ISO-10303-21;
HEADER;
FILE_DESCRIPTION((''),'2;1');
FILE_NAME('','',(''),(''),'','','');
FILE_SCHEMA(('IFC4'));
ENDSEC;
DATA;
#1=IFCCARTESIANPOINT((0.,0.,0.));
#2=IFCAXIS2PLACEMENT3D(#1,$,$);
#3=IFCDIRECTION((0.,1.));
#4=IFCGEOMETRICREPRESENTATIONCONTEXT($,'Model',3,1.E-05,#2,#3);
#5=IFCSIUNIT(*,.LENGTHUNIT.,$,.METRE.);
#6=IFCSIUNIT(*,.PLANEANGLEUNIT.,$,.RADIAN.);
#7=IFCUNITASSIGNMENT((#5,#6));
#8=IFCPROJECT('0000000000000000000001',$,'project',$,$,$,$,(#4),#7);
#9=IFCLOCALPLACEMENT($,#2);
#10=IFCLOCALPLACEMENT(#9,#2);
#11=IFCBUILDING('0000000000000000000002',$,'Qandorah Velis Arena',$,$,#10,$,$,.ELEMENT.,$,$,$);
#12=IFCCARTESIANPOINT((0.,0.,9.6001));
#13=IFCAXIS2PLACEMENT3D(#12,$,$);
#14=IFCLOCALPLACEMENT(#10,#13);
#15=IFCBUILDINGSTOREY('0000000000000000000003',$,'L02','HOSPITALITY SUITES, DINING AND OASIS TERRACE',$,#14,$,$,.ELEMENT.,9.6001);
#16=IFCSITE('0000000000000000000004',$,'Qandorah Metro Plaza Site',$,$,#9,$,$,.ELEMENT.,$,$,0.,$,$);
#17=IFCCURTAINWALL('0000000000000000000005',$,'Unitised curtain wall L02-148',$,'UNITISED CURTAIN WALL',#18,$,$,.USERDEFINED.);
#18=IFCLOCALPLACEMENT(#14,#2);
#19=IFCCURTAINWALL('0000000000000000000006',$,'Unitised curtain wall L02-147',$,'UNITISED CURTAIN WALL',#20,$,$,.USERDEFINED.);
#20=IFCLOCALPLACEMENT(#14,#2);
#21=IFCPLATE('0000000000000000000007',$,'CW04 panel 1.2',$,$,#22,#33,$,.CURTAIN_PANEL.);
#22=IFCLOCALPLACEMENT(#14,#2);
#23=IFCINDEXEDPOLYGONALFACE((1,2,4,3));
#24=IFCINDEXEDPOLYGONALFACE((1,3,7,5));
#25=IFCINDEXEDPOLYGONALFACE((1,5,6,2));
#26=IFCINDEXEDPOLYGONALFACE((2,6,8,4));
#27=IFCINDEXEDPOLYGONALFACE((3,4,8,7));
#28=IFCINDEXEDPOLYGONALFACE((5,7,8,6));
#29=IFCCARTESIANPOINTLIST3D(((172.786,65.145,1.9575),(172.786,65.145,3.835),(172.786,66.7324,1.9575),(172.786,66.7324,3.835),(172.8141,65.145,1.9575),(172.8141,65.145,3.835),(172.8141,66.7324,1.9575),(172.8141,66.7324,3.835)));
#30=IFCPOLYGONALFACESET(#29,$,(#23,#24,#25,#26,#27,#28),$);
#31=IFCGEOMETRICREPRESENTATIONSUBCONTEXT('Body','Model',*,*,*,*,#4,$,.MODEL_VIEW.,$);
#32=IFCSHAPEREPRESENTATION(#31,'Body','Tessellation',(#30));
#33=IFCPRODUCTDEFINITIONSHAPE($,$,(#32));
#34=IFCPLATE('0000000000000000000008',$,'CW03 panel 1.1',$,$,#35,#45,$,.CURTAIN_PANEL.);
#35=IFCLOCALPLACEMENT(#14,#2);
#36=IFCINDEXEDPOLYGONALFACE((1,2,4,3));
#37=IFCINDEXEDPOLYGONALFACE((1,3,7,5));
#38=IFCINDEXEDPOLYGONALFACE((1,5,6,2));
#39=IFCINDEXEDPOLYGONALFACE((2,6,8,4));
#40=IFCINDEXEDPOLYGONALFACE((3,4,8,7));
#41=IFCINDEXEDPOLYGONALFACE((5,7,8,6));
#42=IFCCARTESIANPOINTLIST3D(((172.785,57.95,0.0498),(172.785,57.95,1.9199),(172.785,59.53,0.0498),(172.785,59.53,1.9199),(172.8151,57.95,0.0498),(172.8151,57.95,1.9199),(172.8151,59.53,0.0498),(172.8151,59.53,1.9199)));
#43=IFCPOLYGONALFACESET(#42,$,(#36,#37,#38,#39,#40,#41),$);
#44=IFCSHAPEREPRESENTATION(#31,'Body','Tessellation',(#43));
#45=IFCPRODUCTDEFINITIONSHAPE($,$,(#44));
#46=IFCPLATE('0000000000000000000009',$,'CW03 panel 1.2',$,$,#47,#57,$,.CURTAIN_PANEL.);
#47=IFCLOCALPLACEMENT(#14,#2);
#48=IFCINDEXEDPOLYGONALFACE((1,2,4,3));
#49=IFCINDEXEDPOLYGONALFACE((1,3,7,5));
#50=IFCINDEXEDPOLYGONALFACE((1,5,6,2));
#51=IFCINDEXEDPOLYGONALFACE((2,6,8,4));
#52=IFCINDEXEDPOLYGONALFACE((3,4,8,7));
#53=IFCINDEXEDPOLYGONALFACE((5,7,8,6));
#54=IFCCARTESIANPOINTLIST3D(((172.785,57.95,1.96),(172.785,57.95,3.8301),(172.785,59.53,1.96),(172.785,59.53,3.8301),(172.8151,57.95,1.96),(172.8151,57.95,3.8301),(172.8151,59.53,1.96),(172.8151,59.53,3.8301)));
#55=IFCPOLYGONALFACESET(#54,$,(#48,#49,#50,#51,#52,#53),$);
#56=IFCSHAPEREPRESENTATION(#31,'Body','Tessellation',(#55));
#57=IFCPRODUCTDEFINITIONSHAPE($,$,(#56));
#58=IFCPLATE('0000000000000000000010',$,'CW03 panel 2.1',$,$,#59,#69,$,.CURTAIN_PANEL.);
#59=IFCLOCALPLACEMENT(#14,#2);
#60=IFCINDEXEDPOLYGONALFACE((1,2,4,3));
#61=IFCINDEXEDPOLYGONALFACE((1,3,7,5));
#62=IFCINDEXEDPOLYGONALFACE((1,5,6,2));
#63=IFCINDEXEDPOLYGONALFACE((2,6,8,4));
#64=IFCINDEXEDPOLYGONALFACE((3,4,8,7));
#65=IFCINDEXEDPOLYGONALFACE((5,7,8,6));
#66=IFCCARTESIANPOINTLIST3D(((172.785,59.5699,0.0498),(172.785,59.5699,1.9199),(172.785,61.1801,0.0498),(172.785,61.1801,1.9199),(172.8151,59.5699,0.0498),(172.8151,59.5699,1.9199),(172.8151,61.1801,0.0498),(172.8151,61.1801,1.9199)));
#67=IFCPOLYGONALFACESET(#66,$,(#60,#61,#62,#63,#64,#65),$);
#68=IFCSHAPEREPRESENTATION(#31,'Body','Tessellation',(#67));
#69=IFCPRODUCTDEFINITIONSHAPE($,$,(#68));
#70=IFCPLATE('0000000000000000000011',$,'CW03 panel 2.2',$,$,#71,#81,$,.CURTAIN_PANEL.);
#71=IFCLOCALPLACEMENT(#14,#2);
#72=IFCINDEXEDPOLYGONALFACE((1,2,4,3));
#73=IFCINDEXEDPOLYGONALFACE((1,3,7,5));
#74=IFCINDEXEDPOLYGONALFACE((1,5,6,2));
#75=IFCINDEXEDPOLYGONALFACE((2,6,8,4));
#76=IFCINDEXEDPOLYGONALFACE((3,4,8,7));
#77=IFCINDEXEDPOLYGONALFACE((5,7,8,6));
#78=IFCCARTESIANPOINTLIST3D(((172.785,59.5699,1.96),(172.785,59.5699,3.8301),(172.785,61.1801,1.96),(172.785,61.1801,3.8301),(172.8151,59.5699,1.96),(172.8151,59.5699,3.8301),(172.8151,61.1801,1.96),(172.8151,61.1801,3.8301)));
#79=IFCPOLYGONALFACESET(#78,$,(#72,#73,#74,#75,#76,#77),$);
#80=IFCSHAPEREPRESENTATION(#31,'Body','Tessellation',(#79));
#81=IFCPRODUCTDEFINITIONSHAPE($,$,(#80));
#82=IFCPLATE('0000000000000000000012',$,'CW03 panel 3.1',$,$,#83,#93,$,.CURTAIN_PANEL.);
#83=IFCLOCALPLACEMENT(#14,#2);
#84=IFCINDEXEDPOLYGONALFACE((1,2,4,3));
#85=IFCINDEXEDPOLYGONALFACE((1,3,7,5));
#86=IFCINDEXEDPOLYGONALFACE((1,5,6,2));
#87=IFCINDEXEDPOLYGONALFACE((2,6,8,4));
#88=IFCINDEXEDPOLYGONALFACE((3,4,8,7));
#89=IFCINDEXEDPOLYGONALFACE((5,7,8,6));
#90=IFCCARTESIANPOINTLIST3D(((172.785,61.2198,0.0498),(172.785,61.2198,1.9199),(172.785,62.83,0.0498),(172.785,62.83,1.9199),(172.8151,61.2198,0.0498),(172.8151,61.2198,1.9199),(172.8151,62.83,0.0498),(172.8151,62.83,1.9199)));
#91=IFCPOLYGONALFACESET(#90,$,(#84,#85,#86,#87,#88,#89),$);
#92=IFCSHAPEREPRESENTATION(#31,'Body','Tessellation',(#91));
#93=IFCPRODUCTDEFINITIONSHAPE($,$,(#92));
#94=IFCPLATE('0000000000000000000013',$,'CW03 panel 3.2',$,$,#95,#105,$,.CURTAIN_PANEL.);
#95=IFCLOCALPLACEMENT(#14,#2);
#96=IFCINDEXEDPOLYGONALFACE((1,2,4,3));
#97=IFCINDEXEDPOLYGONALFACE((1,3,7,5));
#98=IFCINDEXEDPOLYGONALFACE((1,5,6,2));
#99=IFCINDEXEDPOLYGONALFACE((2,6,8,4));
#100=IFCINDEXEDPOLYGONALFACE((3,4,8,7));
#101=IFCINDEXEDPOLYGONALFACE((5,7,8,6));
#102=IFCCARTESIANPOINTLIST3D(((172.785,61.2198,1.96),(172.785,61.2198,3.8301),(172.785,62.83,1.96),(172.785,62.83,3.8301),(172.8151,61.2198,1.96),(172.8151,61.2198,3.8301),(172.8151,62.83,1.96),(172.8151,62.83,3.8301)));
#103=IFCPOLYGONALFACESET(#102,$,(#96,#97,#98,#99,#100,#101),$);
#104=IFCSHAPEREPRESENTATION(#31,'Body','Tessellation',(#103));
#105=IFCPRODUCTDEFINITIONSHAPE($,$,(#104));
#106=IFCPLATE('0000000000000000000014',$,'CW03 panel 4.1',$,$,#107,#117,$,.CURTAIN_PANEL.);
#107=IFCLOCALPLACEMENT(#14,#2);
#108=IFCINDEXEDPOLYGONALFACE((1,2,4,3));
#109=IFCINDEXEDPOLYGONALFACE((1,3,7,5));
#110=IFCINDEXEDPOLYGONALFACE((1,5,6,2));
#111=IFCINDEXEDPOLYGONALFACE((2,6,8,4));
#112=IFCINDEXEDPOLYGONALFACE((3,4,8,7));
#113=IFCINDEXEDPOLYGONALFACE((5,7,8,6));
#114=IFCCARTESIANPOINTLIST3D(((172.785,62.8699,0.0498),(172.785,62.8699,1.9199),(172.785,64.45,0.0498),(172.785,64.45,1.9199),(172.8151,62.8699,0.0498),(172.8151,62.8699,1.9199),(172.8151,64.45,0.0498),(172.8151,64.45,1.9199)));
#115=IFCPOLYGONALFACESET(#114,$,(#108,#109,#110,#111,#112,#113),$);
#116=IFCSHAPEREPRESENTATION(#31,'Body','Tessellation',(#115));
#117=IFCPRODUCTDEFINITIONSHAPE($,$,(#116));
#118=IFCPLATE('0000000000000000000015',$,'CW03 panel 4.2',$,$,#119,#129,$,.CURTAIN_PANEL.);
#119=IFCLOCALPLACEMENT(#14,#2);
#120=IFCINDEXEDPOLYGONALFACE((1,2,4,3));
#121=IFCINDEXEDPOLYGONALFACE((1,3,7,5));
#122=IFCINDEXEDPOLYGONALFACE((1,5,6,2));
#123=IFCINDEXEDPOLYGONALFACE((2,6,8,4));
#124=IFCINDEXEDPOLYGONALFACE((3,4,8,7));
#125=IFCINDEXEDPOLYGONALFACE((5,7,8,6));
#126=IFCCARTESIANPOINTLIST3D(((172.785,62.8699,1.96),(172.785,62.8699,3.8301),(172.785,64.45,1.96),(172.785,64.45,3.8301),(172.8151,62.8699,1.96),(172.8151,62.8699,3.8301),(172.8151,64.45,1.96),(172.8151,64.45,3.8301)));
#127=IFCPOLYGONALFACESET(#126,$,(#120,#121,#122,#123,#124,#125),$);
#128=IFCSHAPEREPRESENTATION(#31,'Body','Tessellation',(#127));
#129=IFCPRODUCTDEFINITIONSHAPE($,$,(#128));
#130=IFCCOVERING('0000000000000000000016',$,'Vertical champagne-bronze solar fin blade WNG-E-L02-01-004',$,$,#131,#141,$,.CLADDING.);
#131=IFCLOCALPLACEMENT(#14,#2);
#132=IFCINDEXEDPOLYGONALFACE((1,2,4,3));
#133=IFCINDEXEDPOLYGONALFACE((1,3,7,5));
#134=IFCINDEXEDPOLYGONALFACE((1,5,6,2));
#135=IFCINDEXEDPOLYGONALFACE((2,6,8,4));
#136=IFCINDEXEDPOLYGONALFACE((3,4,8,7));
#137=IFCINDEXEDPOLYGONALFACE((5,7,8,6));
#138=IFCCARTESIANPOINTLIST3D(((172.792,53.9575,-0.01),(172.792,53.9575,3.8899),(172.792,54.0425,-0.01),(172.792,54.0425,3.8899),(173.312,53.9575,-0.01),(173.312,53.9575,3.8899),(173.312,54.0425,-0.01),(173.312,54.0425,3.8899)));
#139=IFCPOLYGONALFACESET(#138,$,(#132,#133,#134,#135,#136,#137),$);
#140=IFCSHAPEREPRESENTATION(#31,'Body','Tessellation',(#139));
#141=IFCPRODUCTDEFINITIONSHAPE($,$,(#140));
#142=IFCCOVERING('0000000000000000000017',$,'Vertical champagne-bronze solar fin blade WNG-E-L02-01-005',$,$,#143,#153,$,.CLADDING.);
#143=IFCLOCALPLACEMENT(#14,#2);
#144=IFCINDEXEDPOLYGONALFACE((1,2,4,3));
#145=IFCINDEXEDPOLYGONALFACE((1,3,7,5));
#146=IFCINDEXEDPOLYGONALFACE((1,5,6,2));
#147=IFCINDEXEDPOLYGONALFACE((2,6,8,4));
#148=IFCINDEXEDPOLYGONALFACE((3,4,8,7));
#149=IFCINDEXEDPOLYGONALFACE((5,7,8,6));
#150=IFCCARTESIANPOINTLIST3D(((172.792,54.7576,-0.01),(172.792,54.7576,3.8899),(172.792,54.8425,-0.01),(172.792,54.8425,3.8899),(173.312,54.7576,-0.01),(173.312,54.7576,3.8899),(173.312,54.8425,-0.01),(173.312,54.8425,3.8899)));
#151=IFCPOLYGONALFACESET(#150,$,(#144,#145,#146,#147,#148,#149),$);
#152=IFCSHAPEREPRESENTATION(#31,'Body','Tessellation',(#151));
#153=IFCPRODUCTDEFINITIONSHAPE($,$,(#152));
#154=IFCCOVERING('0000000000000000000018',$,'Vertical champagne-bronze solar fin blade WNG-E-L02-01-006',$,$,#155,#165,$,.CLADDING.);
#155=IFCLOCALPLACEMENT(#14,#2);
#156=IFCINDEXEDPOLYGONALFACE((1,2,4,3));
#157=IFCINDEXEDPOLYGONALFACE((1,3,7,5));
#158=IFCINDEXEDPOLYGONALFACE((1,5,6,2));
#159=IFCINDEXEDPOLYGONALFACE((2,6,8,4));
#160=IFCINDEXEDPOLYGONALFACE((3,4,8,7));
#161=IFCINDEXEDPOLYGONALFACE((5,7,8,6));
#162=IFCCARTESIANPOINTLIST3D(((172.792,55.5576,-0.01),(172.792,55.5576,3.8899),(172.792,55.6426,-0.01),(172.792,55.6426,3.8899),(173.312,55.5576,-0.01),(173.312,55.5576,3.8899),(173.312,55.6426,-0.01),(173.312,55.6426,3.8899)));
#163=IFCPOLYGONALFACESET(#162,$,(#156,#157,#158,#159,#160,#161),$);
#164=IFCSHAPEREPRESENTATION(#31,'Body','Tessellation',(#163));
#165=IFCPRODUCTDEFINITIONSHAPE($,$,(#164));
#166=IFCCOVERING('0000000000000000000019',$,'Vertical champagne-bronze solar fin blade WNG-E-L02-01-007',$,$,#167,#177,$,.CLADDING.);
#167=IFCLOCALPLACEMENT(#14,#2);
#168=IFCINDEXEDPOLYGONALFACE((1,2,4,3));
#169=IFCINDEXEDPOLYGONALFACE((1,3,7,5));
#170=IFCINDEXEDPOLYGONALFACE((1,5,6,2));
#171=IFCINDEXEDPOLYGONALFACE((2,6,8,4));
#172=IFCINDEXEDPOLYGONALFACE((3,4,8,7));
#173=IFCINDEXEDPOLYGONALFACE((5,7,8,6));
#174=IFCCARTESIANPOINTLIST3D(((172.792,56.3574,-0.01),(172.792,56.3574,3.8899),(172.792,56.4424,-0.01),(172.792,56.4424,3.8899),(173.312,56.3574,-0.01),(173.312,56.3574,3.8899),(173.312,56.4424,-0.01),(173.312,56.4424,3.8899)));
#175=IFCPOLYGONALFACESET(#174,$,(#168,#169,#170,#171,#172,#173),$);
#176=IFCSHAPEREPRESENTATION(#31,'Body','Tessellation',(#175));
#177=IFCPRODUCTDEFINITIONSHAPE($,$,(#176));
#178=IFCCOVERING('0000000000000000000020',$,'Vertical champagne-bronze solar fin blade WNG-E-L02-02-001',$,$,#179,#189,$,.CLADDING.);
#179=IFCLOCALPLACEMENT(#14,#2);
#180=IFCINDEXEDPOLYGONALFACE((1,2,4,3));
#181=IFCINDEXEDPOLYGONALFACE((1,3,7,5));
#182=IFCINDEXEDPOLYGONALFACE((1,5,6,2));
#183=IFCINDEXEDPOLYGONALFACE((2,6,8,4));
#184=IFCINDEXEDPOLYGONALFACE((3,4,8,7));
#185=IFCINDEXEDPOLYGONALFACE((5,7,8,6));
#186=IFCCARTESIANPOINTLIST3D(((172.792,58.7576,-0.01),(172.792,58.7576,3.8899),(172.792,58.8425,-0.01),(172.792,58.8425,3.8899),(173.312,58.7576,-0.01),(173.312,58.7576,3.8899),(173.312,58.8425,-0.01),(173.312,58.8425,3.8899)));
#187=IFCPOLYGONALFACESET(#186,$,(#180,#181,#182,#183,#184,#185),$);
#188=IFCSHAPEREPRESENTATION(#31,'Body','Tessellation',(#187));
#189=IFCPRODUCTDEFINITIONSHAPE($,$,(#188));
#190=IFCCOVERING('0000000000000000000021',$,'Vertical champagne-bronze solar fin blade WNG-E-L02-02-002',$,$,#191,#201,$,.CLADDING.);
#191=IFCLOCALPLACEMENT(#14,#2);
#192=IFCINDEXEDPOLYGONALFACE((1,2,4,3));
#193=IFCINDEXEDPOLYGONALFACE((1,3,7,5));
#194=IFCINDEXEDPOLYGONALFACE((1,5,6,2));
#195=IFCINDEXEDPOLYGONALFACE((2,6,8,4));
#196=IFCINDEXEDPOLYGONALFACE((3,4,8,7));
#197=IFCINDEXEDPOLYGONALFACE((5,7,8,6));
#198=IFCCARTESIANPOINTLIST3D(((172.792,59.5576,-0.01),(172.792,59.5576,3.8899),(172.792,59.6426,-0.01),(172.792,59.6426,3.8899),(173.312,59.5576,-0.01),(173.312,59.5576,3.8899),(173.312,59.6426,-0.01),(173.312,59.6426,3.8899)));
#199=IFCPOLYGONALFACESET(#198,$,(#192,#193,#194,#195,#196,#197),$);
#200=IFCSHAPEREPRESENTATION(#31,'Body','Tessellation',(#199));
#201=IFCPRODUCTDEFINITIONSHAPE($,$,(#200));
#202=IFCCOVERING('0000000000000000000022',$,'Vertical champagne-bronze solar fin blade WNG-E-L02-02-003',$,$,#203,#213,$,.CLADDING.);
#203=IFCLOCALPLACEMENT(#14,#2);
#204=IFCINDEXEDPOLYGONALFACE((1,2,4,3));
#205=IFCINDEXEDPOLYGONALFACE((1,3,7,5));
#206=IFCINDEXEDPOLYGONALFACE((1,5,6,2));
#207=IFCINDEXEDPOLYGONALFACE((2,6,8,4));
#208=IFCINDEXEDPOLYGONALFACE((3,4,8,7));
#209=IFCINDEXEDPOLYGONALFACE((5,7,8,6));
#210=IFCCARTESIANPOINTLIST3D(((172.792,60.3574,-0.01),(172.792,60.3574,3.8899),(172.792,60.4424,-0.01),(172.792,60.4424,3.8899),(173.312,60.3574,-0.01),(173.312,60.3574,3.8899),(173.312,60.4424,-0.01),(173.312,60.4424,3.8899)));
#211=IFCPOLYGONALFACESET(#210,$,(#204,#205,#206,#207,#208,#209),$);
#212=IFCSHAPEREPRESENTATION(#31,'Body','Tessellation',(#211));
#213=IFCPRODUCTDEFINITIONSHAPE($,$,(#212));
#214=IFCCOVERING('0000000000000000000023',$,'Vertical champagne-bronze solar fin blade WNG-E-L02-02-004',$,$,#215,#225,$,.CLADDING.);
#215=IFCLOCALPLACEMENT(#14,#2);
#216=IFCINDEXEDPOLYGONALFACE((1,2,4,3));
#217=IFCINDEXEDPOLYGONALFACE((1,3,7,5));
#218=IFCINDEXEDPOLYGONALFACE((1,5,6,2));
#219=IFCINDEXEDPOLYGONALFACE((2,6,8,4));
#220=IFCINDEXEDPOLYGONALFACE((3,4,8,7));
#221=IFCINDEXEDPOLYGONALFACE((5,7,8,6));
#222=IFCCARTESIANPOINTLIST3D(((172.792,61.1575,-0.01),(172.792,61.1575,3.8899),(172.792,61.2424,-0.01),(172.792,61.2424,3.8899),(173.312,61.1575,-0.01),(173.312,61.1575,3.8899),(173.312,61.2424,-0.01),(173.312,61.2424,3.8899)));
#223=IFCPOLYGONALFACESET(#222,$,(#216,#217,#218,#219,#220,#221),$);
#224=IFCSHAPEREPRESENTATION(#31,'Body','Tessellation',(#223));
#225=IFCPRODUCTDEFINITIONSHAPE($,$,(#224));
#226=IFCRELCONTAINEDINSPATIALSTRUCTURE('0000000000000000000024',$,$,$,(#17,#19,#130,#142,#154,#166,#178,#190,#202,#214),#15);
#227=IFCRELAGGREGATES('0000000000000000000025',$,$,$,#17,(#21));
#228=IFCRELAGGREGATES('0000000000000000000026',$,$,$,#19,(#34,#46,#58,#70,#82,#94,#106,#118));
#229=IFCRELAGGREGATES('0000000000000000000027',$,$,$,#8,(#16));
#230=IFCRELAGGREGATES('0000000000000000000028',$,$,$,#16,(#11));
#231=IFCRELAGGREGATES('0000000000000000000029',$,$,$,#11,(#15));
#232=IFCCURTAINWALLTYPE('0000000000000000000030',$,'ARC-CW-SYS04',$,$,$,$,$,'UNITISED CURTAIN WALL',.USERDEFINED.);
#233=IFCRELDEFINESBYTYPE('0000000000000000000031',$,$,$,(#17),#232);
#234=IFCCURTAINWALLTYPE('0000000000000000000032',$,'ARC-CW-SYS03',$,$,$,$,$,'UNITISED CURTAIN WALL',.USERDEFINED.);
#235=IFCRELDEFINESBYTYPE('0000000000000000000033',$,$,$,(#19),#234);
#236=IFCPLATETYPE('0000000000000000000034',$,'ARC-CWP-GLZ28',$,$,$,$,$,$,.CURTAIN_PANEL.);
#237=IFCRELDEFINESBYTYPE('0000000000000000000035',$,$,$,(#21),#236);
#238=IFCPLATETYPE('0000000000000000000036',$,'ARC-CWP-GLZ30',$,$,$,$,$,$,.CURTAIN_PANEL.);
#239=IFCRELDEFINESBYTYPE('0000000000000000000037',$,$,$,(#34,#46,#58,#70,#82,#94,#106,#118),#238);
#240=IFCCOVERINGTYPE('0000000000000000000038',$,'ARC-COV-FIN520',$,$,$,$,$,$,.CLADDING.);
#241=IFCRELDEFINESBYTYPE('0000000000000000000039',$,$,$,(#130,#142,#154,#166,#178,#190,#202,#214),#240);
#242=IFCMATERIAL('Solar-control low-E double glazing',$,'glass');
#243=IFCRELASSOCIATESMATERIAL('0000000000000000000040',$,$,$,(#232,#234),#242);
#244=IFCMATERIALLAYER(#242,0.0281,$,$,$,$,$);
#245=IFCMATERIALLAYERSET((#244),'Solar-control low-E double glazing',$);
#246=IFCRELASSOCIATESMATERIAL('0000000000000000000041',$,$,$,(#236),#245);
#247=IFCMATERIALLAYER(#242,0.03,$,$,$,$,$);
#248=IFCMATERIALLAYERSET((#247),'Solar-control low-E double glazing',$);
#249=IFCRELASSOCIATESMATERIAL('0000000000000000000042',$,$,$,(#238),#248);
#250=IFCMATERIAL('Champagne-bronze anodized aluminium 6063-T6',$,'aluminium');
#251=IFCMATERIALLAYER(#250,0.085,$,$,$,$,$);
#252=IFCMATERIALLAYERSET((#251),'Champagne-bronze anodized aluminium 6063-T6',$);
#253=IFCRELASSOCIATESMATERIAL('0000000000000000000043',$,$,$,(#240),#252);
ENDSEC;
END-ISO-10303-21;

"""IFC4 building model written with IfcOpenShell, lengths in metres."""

from ifc_helpers import new_model, si_unit, direction, frame, origin, origin_2d, place, context, subcontext, project, spatial, rectangle, extrude, material, layer, layer_set, type_object, element, aggregate, save


model = new_model("IFC4")

# Units and contexts
model_context = context("Model", 3, precision=1e-05, world=origin(), true_north=direction((0.0, 1.0)))
body_context = subcontext(model_context, "Body", "Model", "MODEL_VIEW")
ifc_project = project(units=[si_unit("LENGTHUNIT", "METRE"), si_unit("PLANEANGLEUNIT", "RADIAN")], contexts=[model_context])

# Site, building, storey
site_placement = place(None, origin())
site = spatial("IfcSite", under=ifc_project, at=site_placement, Name="Qandorah Metro Plaza Site", CompositionType="ELEMENT", RefElevation=0.0)
building_placement = place(site_placement, origin())
building = spatial("IfcBuilding", under=site, at=building_placement, Name="Qandorah Velis Arena", CompositionType="ELEMENT")
storey_placement = place(building_placement, frame((0.0, 0.0, 9.6001)))
storey = spatial("IfcBuildingStorey", under=building, at=storey_placement, Name="L02", Description="HOSPITALITY SUITES, DINING AND OASIS TERRACE", CompositionType="ELEMENT", Elevation=9.6001)

# Curtain wall
ifc_material_1 = material(Name="Solar-control low-E double glazing", Category="glass")
curtain_wall_type_1 = type_object("IfcCurtainWallType", Name="ARC-CW-SYS04", ElementType="UNITISED CURTAIN WALL", PredefinedType="USERDEFINED", material=ifc_material_1)
curtain_wall_1_placement = place(storey_placement, origin())
curtain_wall_1 = element("IfcCurtainWall", 1, at=curtain_wall_1_placement, inside=storey, type_object=curtain_wall_type_1, Name="Unitised curtain wall L02-148", ObjectType="UNITISED CURTAIN WALL", PredefinedType="USERDEFINED")
ifc_material_2 = material(Name="Champagne-bronze anodized aluminium 6063-T6", Category="aluminium")

# Curtain wall
curtain_wall_type_2 = type_object("IfcCurtainWallType", Name="ARC-CW-SYS03", ElementType="UNITISED CURTAIN WALL", PredefinedType="USERDEFINED", material=ifc_material_1)
curtain_wall_2_placement = place(storey_placement, origin())
curtain_wall_2 = element("IfcCurtainWall", 2, at=curtain_wall_2_placement, inside=storey, type_object=curtain_wall_type_2, Name="Unitised curtain wall L02-147", ObjectType="UNITISED CURTAIN WALL", PredefinedType="USERDEFINED")

# Plates
ifc_layer_1 = layer(ifc_material_1, 0.0281)
ifc_layer_set_1 = layer_set([ifc_layer_1], Name="Solar-control low-E double glazing")
plate_type_1 = type_object("IfcPlateType", Name="ARC-CWP-GLZ28", PredefinedType="CURTAIN_PANEL", material=ifc_layer_set_1)
plate_1_placement = place(storey_placement, frame((172.8, 65.9387, 1.9575), z_axis=(0.0, 0.0, 1.0), x_axis=(0.0, 1.0, 0.0)))
plate_1 = element("IfcPlate", 3, at=plate_1_placement, type_object=plate_type_1, Name="CW04 panel 1.2", PredefinedType="CURTAIN_PANEL", context=body_context, shape_type="SweptSolid", body=[
    extrude(rectangle(XDim=1.5874, YDim=0.0281, at=origin_2d()), origin(), (0.0, 0.0, 1.0), 1.8774),
])
aggregate(curtain_wall_1, [plate_1])
ifc_layer_2 = layer(ifc_material_1, 0.03)
ifc_layer_set_2 = layer_set([ifc_layer_2], Name="Solar-control low-E double glazing")
plate_type_2 = type_object("IfcPlateType", Name="ARC-CWP-GLZ30", PredefinedType="CURTAIN_PANEL", material=ifc_layer_set_2)
plate_2_placement = place(storey_placement, frame((172.8, 58.74, 0.0498), z_axis=(0.0, 0.0, 1.0), x_axis=(0.0, 1.0, 0.0)))
plate_2 = element("IfcPlate", 4, at=plate_2_placement, type_object=plate_type_2, Name="CW03 panel 1.1", PredefinedType="CURTAIN_PANEL", context=body_context, shape_type="SweptSolid", body=[
    extrude(rectangle(XDim=1.5801, YDim=0.03, at=origin_2d()), origin(), (0.0, 0.0, 1.0), 1.8701),
])
plate_3_placement = place(storey_placement, frame((172.8, 58.74, 1.96), z_axis=(0.0, 0.0, 1.0), x_axis=(0.0, 1.0, 0.0)))
plate_3 = element("IfcPlate", 5, at=plate_3_placement, type_object=plate_type_2, Name="CW03 panel 1.2", PredefinedType="CURTAIN_PANEL", context=body_context, shape_type="SweptSolid", body=[
    extrude(rectangle(XDim=1.5801, YDim=0.03, at=origin_2d()), origin(), (0.0, 0.0, 1.0), 1.8701),
])
plate_4_placement = place(storey_placement, frame((172.8, 60.375, 0.0498), z_axis=(0.0, 0.0, 1.0), x_axis=(0.0, 1.0, 0.0)))
plate_4 = element("IfcPlate", 6, at=plate_4_placement, type_object=plate_type_2, Name="CW03 panel 2.1", PredefinedType="CURTAIN_PANEL", context=body_context, shape_type="SweptSolid", body=[
    extrude(rectangle(XDim=1.6101, YDim=0.03, at=origin_2d()), origin(), (0.0, 0.0, 1.0), 1.8701),
])
plate_5_placement = place(storey_placement, frame((172.8, 60.375, 1.96), z_axis=(0.0, 0.0, 1.0), x_axis=(0.0, 1.0, 0.0)))
plate_5 = element("IfcPlate", 7, at=plate_5_placement, type_object=plate_type_2, Name="CW03 panel 2.2", PredefinedType="CURTAIN_PANEL", context=body_context, shape_type="SweptSolid", body=[
    extrude(rectangle(XDim=1.6101, YDim=0.03, at=origin_2d()), origin(), (0.0, 0.0, 1.0), 1.8701),
])
plate_6_placement = place(storey_placement, frame((172.8, 62.0249, 0.0498), z_axis=(0.0, 0.0, 1.0), x_axis=(0.0, 1.0, 0.0)))
plate_6 = element("IfcPlate", 8, at=plate_6_placement, type_object=plate_type_2, Name="CW03 panel 3.1", PredefinedType="CURTAIN_PANEL", context=body_context, shape_type="SweptSolid", body=[
    extrude(rectangle(XDim=1.6101, YDim=0.03, at=origin_2d()), origin(), (0.0, 0.0, 1.0), 1.8701),
])
plate_7_placement = place(storey_placement, frame((172.8, 62.0249, 1.96), z_axis=(0.0, 0.0, 1.0), x_axis=(0.0, 1.0, 0.0)))
plate_7 = element("IfcPlate", 9, at=plate_7_placement, type_object=plate_type_2, Name="CW03 panel 3.2", PredefinedType="CURTAIN_PANEL", context=body_context, shape_type="SweptSolid", body=[
    extrude(rectangle(XDim=1.6101, YDim=0.03, at=origin_2d()), origin(), (0.0, 0.0, 1.0), 1.8701),
])
plate_8_placement = place(storey_placement, frame((172.8, 63.6599, 0.0498), z_axis=(0.0, 0.0, 1.0), x_axis=(0.0, 1.0, 0.0)))
plate_8 = element("IfcPlate", 10, at=plate_8_placement, type_object=plate_type_2, Name="CW03 panel 4.1", PredefinedType="CURTAIN_PANEL", context=body_context, shape_type="SweptSolid", body=[
    extrude(rectangle(XDim=1.5801, YDim=0.03, at=origin_2d()), origin(), (0.0, 0.0, 1.0), 1.8701),
])
plate_9_placement = place(storey_placement, frame((172.8, 63.6599, 1.96), z_axis=(0.0, 0.0, 1.0), x_axis=(0.0, 1.0, 0.0)))
plate_9 = element("IfcPlate", 11, at=plate_9_placement, type_object=plate_type_2, Name="CW03 panel 4.2", PredefinedType="CURTAIN_PANEL", context=body_context, shape_type="SweptSolid", body=[
    extrude(rectangle(XDim=1.5801, YDim=0.03, at=origin_2d()), origin(), (0.0, 0.0, 1.0), 1.8701),
])
aggregate(curtain_wall_2, [plate_2, plate_3, plate_4, plate_5, plate_6, plate_7, plate_8, plate_9])

# Coverings
ifc_layer_3 = layer(ifc_material_2, 0.085)
ifc_layer_set_3 = layer_set([ifc_layer_3], Name="Champagne-bronze anodized aluminium 6063-T6")
covering_type = type_object("IfcCoveringType", Name="ARC-COV-FIN520", PredefinedType="CLADDING", material=ifc_layer_set_3)
for number, where, z_axis, x_axis, name in (
    (12, (173.052, 54.0, -0.01), (0.0, 0.0, 1.0), (1.0, 0.0, 0.0), "Vertical champagne-bronze solar fin blade WNG-E-L02-01-004"),
    (13, (173.052, 54.8, -0.01), (0.0, 0.0, 1.0), (1.0, 0.0, 0.0), "Vertical champagne-bronze solar fin blade WNG-E-L02-01-005"),
    (14, (173.052, 55.6001, -0.01), (0.0, 0.0, 1.0), (1.0, 0.0, 0.0), "Vertical champagne-bronze solar fin blade WNG-E-L02-01-006"),
    (15, (173.052, 56.3999, -0.01), (0.0, 0.0, 1.0), (1.0, 0.0, 0.0), "Vertical champagne-bronze solar fin blade WNG-E-L02-01-007"),
    (16, (173.052, 58.8, -0.01), (0.0, 0.0, 1.0), (1.0, 0.0, 0.0), "Vertical champagne-bronze solar fin blade WNG-E-L02-02-001"),
    (17, (173.052, 59.6001, -0.01), (0.0, 0.0, 1.0), (1.0, 0.0, 0.0), "Vertical champagne-bronze solar fin blade WNG-E-L02-02-002"),
    (18, (173.052, 60.3999, -0.01), (0.0, 0.0, 1.0), (1.0, 0.0, 0.0), "Vertical champagne-bronze solar fin blade WNG-E-L02-02-003"),
    (19, (173.052, 61.2, -0.01), (0.0, 0.0, 1.0), (1.0, 0.0, 0.0), "Vertical champagne-bronze solar fin blade WNG-E-L02-02-004"),
):
    element("IfcCovering", number, at=place(storey_placement, frame(where, z_axis=z_axis, x_axis=x_axis)), inside=storey, type_object=covering_type, Name=name, PredefinedType="CLADDING", context=body_context, shape_type="SweptSolid", body=[
        extrude(rectangle(XDim=0.52, YDim=0.085, at=origin_2d()), origin(), (0.0, 0.0, 1.0), 3.8999),
    ])

save(model, "model.ifc")
